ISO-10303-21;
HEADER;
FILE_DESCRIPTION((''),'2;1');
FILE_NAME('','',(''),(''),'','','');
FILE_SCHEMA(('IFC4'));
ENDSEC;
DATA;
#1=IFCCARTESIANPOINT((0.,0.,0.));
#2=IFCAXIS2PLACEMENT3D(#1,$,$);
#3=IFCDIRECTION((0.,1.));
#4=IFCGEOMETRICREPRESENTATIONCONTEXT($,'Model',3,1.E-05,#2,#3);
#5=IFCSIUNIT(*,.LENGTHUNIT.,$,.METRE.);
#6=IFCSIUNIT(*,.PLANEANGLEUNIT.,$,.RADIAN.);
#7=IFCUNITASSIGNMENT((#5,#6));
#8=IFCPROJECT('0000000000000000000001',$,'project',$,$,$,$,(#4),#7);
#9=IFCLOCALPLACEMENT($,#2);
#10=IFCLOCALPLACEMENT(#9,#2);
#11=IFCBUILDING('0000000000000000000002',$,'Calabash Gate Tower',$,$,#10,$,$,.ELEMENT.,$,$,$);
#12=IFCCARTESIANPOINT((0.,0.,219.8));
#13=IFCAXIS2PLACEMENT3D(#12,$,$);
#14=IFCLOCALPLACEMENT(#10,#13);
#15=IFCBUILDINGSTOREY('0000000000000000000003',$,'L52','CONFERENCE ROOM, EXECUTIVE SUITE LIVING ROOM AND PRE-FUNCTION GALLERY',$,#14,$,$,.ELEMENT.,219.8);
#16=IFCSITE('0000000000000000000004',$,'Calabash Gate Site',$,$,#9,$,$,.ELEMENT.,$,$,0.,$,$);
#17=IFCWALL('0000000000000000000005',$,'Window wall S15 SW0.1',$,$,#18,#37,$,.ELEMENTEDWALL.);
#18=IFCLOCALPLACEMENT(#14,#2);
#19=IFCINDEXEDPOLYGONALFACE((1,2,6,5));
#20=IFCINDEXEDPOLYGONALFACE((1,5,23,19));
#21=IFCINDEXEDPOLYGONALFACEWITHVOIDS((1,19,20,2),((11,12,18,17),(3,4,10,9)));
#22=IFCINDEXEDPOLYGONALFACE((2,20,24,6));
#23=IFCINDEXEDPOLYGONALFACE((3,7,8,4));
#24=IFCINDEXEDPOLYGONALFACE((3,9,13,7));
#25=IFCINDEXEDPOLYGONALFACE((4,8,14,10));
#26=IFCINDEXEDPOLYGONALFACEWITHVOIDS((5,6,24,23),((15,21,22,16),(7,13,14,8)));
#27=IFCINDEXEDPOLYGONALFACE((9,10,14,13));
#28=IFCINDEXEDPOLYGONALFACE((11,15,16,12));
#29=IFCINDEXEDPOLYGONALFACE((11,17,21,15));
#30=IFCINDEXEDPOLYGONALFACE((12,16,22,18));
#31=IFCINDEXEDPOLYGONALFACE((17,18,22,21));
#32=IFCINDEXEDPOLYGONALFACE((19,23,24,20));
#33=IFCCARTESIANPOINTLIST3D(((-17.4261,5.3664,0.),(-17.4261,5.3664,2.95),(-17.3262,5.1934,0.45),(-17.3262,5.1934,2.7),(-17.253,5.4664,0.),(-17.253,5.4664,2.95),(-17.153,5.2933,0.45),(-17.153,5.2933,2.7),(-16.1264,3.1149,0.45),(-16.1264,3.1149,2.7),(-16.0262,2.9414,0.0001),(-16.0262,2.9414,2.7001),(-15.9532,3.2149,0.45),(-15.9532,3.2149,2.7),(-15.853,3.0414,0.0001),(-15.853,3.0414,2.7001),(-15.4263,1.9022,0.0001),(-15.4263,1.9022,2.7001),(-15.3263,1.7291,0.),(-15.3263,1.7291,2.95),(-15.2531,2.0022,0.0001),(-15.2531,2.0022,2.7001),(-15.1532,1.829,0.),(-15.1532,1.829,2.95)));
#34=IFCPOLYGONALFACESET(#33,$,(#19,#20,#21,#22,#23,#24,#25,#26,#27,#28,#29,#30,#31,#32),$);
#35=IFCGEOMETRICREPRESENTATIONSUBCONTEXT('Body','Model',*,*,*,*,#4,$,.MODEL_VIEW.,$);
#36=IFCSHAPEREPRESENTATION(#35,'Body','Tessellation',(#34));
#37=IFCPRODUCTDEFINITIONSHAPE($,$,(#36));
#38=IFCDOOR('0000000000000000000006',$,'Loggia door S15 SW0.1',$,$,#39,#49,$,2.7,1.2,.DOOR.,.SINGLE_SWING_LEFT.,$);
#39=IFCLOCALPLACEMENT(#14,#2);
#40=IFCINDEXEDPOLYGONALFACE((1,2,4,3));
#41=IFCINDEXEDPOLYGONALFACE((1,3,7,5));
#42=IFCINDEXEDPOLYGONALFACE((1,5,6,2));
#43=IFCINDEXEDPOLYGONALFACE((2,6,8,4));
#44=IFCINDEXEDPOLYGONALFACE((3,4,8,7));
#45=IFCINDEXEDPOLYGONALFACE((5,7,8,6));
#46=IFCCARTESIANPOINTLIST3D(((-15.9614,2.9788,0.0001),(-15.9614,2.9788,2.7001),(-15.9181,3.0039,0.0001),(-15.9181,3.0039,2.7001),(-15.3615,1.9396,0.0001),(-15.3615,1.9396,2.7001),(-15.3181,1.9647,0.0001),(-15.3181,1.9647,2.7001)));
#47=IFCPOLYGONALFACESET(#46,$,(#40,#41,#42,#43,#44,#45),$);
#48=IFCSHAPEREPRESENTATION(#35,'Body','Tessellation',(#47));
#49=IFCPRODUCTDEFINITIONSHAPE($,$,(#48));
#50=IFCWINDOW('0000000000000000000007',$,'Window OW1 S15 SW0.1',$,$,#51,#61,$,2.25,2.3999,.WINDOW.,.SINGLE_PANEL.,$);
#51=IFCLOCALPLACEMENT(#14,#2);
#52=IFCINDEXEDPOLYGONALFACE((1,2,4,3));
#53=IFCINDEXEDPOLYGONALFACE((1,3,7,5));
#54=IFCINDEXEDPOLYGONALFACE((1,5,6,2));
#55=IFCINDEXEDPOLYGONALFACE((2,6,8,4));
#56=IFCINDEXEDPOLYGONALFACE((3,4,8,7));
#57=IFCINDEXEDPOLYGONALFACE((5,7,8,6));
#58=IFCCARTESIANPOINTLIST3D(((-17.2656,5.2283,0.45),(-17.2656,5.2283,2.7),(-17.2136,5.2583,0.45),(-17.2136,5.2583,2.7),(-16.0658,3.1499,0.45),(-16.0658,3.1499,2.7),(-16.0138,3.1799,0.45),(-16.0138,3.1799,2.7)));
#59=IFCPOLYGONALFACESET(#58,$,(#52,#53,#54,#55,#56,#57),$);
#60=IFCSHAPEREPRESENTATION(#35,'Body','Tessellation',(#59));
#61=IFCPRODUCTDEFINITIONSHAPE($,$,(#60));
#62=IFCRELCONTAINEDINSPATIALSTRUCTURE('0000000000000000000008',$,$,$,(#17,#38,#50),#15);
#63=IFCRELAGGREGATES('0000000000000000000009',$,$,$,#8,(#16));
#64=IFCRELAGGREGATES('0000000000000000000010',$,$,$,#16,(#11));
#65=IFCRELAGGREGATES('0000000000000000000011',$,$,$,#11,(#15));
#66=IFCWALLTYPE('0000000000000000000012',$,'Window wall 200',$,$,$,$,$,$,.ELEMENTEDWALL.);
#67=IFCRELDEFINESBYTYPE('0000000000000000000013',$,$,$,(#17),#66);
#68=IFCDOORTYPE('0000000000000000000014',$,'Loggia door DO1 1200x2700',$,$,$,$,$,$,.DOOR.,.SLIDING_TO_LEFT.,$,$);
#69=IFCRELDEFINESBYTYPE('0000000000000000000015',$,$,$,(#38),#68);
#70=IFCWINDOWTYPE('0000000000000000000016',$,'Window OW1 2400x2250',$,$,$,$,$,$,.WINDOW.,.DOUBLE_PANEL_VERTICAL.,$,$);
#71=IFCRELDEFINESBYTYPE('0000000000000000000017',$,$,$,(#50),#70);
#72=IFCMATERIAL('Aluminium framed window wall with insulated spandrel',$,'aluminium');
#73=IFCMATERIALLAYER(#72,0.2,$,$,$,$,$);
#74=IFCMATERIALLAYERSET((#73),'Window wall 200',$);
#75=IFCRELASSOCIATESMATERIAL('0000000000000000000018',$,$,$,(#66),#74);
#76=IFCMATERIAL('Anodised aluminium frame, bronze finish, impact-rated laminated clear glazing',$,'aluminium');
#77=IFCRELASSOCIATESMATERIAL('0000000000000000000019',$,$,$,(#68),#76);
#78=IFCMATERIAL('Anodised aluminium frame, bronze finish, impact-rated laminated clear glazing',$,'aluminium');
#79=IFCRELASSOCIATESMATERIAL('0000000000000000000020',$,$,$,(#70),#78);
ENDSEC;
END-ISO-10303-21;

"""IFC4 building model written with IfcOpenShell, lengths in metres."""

from ifc_helpers import new_model, si_unit, direction, frame, frame_2d, origin, place, context, subcontext, project, spatial, rectangle, extrude, material, layer, layer_set, type_object, element, fill, save


model = new_model("IFC4")

# Units and contexts
model_context = context("Model", 3, precision=1e-05, world=origin(), true_north=direction((0.0, 1.0)))
body_context = subcontext(model_context, "Body", "Model", "MODEL_VIEW")
ifc_project = project(units=[si_unit("LENGTHUNIT", "METRE"), si_unit("PLANEANGLEUNIT", "RADIAN")], contexts=[model_context])

# Site, building, storey
site_placement = place(None, origin())
site = spatial("IfcSite", under=ifc_project, at=site_placement, Name="Calabash Gate Site", CompositionType="ELEMENT", RefElevation=0.0)
building_placement = place(site_placement, origin())
building = spatial("IfcBuilding", under=site, at=building_placement, Name="Calabash Gate Tower", CompositionType="ELEMENT")
storey_placement = place(building_placement, frame((0.0, 0.0, 219.8)))
storey = spatial("IfcBuildingStorey", under=building, at=storey_placement, Name="L52", Description="CONFERENCE ROOM, EXECUTIVE SUITE LIVING ROOM AND PRE-FUNCTION GALLERY", CompositionType="ELEMENT", Elevation=219.8)

# Wall, openings, door, window
ifc_material_1 = material(Name="Aluminium framed window wall with insulated spandrel", Category="aluminium")
ifc_layer_1 = layer(ifc_material_1, 0.2)
ifc_layer_set_1 = layer_set([ifc_layer_1], Name="Window wall 200")
wall_type_1 = type_object("IfcWallType", Name="Window wall 200", PredefinedType="ELEMENTEDWALL", material=ifc_layer_set_1)
wall_1_placement = place(storey_placement, frame((-17.3396, 5.4165, 0.0), z_axis=(0.0, 0.0, 1.0), x_axis=(0.499959, -0.866049, 0.0)))
wall_1 = element("IfcWall", 1, at=wall_1_placement, inside=storey, type_object=wall_type_1, Name="Window wall S15 SW0.1", PredefinedType="ELEMENTEDWALL", context=body_context, shape_type="SweptSolid", body=[
    extrude(rectangle(XDim=4.2, YDim=0.2, at=frame_2d((2.1001, 0.0))), origin(), (0.0, 0.0, 1.0), 2.95),
])
opening_1_placement = place(wall_1_placement, frame((0.2, 0.0, 0.45)))
opening_1 = element("IfcOpeningElement", 2, at=opening_1_placement, cuts=wall_1, PredefinedType="OPENING", context=body_context, shape_type="SweptSolid", body=[
    extrude(rectangle(XDim=2.3999, YDim=2.25, at=frame_2d((1.2, 1.125))), frame((0.0, 0.1099, 0.0), z_axis=(0.0, -1.0, 0.0), x_axis=(1.0, 0.0, 0.0)), (0.0, 0.0, 1.0), 0.22),
])
opening_2_placement = place(wall_1_placement, frame((2.8, 0.0, 0.0)))
opening_2 = element("IfcOpeningElement", 3, at=opening_2_placement, cuts=wall_1, PredefinedType="OPENING", context=body_context, shape_type="SweptSolid", body=[
    extrude(rectangle(XDim=1.2, YDim=2.7, at=frame_2d((0.6001, 1.3501))), frame((0.0, 0.1099, 0.0), z_axis=(0.0, -1.0, 0.0), x_axis=(1.0, 0.0, 0.0)), (0.0, 0.0, 1.0), 0.22),
])
ifc_material_2 = material(Name="Anodised aluminium frame, bronze finish, impact-rated laminated clear glazing", Category="aluminium")
door_type_1 = type_object("IfcDoorType", Name="Loggia door DO1 1200x2700", OperationType="SLIDING_TO_LEFT", PredefinedType="DOOR", material=ifc_material_2)
door_1_placement = place(opening_2_placement, origin())
door_1 = element("IfcDoor", 4, at=door_1_placement, inside=storey, type_object=door_type_1, Name="Loggia door S15 SW0.1", OperationType="SINGLE_SWING_LEFT", OverallHeight=2.7, OverallWidth=1.2, PredefinedType="DOOR", context=body_context, shape_type="SweptSolid", body=[
    extrude(rectangle(XDim=1.2, YDim=2.7, at=frame_2d((0.6001, 1.3501))), frame((0.0, 0.0249, 0.0), z_axis=(0.0, -1.0, 0.0), x_axis=(1.0, 0.0, 0.0)), (0.0, 0.0, 1.0), 0.05),
])
fill(opening_2, door_1)
ifc_material_3 = material(Name="Anodised aluminium frame, bronze finish, impact-rated laminated clear glazing", Category="aluminium")
window_type_1 = type_object("IfcWindowType", Name="Window OW1 2400x2250", PartitioningType="DOUBLE_PANEL_VERTICAL", PredefinedType="WINDOW", material=ifc_material_3)
window_1_placement = place(opening_1_placement, origin())
window_1 = element("IfcWindow", 5, at=window_1_placement, inside=storey, type_object=window_type_1, Name="Window OW1 S15 SW0.1", OverallHeight=2.25, OverallWidth=2.3999, PartitioningType="SINGLE_PANEL", PredefinedType="WINDOW", context=body_context, shape_type="SweptSolid", body=[
    extrude(rectangle(XDim=2.3999, YDim=2.25, at=frame_2d((1.2, 1.125))), frame((0.0, 0.03, 0.0), z_axis=(0.0, -1.0, 0.0), x_axis=(1.0, 0.0, 0.0)), (0.0, 0.0, 1.0), 0.0601),
])
fill(opening_1, window_1)

save(model, "model.ifc")
